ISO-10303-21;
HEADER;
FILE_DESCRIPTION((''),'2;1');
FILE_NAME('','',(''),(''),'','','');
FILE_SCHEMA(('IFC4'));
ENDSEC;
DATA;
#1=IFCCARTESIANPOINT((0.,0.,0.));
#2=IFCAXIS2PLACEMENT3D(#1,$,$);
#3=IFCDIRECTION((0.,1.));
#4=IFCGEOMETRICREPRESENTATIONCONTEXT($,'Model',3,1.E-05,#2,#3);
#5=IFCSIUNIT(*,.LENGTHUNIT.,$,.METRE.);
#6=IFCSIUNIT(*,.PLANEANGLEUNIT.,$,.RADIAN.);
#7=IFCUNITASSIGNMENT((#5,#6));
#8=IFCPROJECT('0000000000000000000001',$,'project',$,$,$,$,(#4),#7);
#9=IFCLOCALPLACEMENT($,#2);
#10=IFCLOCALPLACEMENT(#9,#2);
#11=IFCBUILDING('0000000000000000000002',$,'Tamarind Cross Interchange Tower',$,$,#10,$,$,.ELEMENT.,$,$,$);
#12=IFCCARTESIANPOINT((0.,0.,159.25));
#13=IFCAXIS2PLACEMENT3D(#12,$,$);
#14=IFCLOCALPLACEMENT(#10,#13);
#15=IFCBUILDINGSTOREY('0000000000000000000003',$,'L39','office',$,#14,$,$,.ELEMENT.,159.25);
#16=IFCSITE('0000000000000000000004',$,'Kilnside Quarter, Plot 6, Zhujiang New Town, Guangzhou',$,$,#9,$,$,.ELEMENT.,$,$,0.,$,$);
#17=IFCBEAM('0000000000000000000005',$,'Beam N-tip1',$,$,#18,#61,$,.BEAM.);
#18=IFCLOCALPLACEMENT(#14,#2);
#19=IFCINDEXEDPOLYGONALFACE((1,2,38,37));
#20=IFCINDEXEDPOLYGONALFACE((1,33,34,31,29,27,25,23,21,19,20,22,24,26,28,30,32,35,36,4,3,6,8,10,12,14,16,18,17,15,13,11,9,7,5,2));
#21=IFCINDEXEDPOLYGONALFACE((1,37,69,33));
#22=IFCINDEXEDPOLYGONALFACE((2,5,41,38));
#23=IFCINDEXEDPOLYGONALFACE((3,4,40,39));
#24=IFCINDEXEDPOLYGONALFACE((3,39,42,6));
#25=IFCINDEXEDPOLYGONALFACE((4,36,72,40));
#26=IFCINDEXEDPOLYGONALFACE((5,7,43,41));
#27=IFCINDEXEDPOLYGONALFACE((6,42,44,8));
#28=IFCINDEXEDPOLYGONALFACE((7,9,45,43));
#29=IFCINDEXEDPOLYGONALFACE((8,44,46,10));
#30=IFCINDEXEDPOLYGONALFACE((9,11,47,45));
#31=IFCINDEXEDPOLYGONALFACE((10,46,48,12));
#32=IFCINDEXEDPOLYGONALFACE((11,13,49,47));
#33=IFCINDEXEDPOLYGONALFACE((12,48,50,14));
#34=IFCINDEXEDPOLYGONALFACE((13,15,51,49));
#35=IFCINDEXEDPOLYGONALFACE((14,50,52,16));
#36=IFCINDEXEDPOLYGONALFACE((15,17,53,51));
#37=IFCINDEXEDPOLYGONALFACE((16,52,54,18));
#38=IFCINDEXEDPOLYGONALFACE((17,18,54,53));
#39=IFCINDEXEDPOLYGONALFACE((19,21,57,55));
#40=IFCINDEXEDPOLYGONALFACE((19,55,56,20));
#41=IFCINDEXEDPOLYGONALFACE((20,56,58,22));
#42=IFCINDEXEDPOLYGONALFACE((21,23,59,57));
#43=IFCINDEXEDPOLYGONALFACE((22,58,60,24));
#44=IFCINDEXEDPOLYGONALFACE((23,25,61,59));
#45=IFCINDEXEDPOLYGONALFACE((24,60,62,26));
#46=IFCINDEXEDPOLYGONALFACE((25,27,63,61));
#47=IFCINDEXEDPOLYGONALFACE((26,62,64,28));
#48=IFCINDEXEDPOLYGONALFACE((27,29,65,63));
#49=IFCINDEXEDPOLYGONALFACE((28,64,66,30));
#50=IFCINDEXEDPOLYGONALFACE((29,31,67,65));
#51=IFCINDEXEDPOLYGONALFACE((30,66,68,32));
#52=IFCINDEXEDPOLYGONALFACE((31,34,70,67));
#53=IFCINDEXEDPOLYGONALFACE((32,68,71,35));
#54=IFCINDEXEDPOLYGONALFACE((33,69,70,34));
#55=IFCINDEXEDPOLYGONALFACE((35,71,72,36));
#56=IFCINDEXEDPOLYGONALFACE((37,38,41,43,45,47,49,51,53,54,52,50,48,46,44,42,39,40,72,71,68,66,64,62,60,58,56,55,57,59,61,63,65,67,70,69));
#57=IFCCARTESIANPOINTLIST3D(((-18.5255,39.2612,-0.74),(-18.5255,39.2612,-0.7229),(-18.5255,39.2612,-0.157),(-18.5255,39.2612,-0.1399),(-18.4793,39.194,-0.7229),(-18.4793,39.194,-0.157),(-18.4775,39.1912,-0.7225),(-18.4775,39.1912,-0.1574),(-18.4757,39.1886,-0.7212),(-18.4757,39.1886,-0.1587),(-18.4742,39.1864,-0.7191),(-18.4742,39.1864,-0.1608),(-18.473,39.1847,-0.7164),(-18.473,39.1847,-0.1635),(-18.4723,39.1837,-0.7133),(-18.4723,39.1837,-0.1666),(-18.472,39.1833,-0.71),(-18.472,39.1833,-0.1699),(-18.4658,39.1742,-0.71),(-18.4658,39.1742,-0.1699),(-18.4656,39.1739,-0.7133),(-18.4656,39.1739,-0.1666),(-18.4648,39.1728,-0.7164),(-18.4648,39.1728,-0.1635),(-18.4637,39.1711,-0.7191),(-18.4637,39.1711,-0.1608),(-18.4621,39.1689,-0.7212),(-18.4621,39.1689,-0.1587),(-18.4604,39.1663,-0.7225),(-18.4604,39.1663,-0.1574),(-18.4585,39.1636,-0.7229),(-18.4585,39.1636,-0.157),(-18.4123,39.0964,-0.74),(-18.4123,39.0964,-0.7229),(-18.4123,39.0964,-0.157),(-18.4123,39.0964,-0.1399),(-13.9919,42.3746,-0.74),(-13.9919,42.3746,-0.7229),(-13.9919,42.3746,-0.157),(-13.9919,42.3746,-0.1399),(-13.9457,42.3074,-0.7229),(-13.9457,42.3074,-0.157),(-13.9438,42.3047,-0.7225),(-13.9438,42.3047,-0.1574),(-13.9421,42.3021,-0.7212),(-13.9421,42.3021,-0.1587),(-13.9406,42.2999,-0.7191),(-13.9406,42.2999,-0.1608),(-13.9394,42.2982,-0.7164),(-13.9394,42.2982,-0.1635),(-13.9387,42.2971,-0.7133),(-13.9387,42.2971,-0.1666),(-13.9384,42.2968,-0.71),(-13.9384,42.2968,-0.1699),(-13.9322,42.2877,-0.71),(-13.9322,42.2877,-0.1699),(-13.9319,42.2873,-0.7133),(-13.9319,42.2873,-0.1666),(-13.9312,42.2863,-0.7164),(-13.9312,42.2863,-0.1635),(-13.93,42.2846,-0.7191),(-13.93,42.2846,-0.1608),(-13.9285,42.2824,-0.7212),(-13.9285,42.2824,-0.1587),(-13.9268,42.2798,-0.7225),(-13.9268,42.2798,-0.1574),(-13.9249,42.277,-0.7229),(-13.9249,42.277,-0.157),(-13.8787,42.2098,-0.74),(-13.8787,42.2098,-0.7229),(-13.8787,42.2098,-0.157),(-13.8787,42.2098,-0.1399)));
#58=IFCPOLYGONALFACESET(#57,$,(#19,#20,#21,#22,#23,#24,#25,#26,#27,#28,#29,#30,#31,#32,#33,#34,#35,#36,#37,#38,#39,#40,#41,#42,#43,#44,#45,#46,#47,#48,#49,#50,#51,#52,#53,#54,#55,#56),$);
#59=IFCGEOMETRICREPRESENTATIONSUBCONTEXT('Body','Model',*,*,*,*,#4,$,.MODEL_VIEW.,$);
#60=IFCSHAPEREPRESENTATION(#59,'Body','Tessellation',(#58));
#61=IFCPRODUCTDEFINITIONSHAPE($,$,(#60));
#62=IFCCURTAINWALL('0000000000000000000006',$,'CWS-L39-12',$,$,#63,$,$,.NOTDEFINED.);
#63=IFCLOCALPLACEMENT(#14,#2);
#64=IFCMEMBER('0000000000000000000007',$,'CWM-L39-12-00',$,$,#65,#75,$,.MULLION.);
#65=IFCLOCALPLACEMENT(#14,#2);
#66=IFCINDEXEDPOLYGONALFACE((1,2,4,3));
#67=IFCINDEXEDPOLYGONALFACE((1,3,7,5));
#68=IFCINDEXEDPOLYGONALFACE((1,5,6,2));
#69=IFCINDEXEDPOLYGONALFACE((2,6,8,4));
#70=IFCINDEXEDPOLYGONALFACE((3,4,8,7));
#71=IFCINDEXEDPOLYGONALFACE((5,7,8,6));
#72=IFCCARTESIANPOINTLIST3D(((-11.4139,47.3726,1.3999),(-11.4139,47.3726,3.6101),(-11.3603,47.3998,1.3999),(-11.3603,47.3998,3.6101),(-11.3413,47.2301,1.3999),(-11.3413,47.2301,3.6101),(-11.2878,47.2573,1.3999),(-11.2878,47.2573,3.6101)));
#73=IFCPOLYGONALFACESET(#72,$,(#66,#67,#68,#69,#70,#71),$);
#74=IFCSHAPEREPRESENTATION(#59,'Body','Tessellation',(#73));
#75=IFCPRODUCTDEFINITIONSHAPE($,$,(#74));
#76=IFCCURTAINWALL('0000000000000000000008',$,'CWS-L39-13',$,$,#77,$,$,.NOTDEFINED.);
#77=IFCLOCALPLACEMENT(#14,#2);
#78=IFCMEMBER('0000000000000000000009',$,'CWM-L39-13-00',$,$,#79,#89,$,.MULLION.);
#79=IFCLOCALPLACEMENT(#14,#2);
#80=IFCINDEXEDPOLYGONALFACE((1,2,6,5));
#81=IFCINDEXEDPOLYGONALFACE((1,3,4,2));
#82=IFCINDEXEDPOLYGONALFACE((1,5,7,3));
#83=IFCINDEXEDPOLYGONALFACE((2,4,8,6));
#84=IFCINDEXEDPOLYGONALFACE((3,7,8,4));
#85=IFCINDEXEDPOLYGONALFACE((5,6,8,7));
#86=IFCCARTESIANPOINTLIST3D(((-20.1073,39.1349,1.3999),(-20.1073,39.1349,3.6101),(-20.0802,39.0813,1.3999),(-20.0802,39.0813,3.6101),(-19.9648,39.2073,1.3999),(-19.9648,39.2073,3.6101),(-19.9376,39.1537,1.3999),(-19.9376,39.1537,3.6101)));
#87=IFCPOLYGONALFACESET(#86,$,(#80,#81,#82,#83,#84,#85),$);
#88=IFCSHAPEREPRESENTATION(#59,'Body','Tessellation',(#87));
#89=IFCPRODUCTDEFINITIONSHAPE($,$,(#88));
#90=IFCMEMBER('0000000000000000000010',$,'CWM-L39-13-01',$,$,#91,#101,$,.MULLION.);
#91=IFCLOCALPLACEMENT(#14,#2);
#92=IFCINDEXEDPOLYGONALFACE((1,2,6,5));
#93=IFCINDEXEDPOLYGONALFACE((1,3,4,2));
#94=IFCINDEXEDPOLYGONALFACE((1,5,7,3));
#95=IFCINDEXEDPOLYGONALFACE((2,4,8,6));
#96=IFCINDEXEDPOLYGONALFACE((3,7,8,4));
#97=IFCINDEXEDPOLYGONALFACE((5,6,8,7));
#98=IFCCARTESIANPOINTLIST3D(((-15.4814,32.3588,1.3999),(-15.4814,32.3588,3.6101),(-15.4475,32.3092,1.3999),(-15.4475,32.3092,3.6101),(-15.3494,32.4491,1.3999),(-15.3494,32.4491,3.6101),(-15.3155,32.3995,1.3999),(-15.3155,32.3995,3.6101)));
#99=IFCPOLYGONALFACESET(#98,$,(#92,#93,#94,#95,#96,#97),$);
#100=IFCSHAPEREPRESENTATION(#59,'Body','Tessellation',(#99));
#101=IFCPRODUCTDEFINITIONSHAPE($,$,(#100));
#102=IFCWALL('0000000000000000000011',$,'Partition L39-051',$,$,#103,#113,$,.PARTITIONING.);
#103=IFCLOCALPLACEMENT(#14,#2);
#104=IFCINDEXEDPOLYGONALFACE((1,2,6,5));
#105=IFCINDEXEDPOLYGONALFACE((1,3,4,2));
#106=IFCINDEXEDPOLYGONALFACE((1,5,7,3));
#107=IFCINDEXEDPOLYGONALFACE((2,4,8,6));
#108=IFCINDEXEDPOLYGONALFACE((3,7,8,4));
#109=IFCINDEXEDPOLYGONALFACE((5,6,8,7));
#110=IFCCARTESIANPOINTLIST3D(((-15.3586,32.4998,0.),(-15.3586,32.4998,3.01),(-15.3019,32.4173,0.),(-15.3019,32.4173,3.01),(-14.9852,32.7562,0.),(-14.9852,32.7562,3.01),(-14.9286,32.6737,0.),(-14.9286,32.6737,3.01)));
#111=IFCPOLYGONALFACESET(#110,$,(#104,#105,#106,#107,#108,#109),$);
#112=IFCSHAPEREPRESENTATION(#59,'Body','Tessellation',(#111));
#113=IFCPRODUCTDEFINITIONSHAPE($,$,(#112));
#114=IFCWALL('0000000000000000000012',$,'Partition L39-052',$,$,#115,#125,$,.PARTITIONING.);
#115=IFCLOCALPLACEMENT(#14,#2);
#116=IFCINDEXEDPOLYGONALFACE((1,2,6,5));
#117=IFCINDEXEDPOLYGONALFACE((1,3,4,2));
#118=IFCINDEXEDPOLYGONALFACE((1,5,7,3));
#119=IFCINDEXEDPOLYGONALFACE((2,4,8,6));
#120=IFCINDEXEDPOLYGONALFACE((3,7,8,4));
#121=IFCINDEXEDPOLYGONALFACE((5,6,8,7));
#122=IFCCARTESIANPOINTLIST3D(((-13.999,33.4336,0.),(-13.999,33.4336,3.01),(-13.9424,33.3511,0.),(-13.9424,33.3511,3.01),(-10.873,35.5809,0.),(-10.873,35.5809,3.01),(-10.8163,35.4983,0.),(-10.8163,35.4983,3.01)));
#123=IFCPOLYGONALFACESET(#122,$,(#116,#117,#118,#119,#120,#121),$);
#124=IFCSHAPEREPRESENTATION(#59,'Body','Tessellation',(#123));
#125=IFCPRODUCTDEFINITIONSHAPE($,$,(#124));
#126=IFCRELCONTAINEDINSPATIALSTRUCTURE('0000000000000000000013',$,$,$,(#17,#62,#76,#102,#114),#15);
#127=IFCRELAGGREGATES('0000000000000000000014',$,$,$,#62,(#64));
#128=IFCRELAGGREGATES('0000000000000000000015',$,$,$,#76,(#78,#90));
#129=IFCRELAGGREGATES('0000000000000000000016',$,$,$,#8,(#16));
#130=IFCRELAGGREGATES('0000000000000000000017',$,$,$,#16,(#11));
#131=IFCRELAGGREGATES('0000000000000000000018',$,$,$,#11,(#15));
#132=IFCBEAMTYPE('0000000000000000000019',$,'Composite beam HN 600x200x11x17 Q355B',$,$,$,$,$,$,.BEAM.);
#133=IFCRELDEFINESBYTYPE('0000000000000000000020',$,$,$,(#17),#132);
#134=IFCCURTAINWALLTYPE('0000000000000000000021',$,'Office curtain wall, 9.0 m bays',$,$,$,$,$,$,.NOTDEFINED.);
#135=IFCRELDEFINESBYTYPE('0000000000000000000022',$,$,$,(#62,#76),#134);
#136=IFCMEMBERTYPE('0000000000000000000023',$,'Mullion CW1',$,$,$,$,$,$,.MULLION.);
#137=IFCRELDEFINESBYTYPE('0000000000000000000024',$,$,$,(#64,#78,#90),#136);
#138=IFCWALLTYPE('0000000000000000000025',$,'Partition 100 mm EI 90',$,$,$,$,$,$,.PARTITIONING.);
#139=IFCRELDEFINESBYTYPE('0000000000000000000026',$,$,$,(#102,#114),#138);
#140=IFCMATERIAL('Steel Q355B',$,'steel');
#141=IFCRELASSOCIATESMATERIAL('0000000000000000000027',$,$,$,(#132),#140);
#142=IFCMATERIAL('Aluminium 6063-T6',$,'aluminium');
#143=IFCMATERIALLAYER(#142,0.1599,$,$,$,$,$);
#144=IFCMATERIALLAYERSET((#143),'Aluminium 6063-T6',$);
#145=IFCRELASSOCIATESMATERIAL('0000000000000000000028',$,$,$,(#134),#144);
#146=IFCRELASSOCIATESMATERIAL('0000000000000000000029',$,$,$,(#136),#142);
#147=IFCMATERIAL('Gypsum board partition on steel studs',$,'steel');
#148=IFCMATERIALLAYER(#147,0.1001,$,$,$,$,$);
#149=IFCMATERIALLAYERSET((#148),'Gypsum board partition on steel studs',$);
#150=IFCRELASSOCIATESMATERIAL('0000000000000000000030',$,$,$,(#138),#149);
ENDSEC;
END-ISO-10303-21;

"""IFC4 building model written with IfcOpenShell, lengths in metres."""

from ifc_helpers import new_model, si_unit, direction, frame, frame_2d, origin, origin_2d, place, context, subcontext, project, spatial, rectangle, i_section, extrude, material, layer, layer_set, material_profile, profile_set, type_object, element, aggregate, save


model = new_model("IFC4")

# Units and contexts
model_context = context("Model", 3, precision=1e-05, world=origin(), true_north=direction((0.0, 1.0)))
body_context = subcontext(model_context, "Body", "Model", "MODEL_VIEW")
ifc_project = project(units=[si_unit("LENGTHUNIT", "METRE"), si_unit("PLANEANGLEUNIT", "RADIAN")], contexts=[model_context])

# Site, building, storey
site_placement = place(None, origin())
site = spatial("IfcSite", under=ifc_project, at=site_placement, Name="Kilnside Quarter, Plot 6, Zhujiang New Town, Guangzhou", CompositionType="ELEMENT", RefElevation=0.0)
building_placement = place(site_placement, origin())
building = spatial("IfcBuilding", under=site, at=building_placement, Name="Tamarind Cross Interchange Tower", CompositionType="ELEMENT")
storey_placement = place(building_placement, frame((0.0, 0.0, 159.25)))
storey = spatial("IfcBuildingStorey", under=building, at=storey_placement, Name="L39", Description="office", CompositionType="ELEMENT", Elevation=159.25)

# Beam
ifc_material_1 = material(Name="Steel Q355B", Category="steel")
ifc_material_profile_1 = material_profile(ifc_material_1, i_section(OverallWidth=0.2, OverallDepth=0.6001, WebThickness=0.011, FlangeThickness=0.0171, FilletRadius=0.0129, at=origin_2d()), Name="HN 600x200x11x17")
ifc_profile_set_1 = profile_set([ifc_material_profile_1], Name="Steel Q355B")
beam_type_1 = type_object("IfcBeamType", Name="Composite beam HN 600x200x11x17 Q355B", PredefinedType="BEAM", material=ifc_profile_set_1)
beam_1_placement = place(storey_placement, frame((-13.9353, 42.2922, -0.4399), z_axis=(-0.824329, -0.566111, 0.0), x_axis=(0.566111, -0.824329, 0.0)))
element("IfcBeam", 1, at=beam_1_placement, inside=storey, type_object=beam_type_1, Name="Beam N-tip1", PredefinedType="BEAM", context=body_context, shape_type="SweptSolid", body=[
    extrude(i_section(OverallWidth=0.2, OverallDepth=0.6001, WebThickness=0.011, FlangeThickness=0.0171, FilletRadius=0.0129, at=origin_2d()), origin(), (0.0, 0.0, 1.0), 5.4998),
])

# Curtain wall, member
ifc_material_2 = material(Name="Aluminium 6063-T6", Category="aluminium")
ifc_layer_1 = layer(ifc_material_2, 0.1599)
ifc_layer_set_1 = layer_set([ifc_layer_1], Name="Aluminium 6063-T6")
curtain_wall_type = type_object("IfcCurtainWallType", Name="Office curtain wall, 9.0 m bays", PredefinedType="NOTDEFINED", material=ifc_layer_set_1)
curtain_wall_1_placement = place(storey_placement, origin())
curtain_wall_1 = element("IfcCurtainWall", 2, at=curtain_wall_1_placement, inside=storey, type_object=curtain_wall_type, Name="CWS-L39-12", PredefinedType="NOTDEFINED")
ifc_material_profile_2 = material_profile(ifc_material_2, rectangle(XDim=0.0601, YDim=0.1599, at=origin_2d()), Name="Mullion CW1")
ifc_profile_set_2 = profile_set([ifc_material_profile_2], Name="Aluminium 6063-T6")
member_type = type_object("IfcMemberType", Name="Mullion CW1", PredefinedType="MULLION", material=ifc_profile_set_2)
member_1_placement = place(storey_placement, frame((-11.3508, 47.3149, 1.3999), z_axis=(0.0, 0.0, 1.0), x_axis=(-0.891178, -0.453655, 0.0)))
member_1 = element("IfcMember", 3, at=member_1_placement, type_object=member_type, Name="CWM-L39-12-00", PredefinedType="MULLION", context=body_context, shape_type="SweptSolid", body=[
    extrude(rectangle(XDim=0.0601, YDim=0.1599, at=origin_2d()), origin(), (0.0, 0.0, 1.0), 2.2102),
])
aggregate(curtain_wall_1, [member_1])

# Curtain wall, members
curtain_wall_2_placement = place(storey_placement, origin())
curtain_wall_2 = element("IfcCurtainWall", 4, at=curtain_wall_2_placement, inside=storey, type_object=curtain_wall_type, Name="CWS-L39-13", PredefinedType="NOTDEFINED")
member_2_placement = place(storey_placement, frame((-20.0225, 39.1443, 1.3999), z_axis=(0.0, 0.0, 1.0), x_axis=(0.452685, -0.891671, 0.0)))
member_2 = element("IfcMember", 5, at=member_2_placement, type_object=member_type, Name="CWM-L39-13-00", PredefinedType="MULLION", context=body_context, shape_type="SweptSolid", body=[
    extrude(rectangle(XDim=0.0601, YDim=0.1599, at=origin_2d()), origin(), (0.0, 0.0, 1.0), 2.2102),
])
member_3_placement = place(storey_placement, frame((-15.3984, 32.3792, 1.3999), z_axis=(0.0, 0.0, 1.0), x_axis=(0.564301, -0.825569, 0.0)))
member_3 = element("IfcMember", 6, at=member_3_placement, type_object=member_type, Name="CWM-L39-13-01", PredefinedType="MULLION", context=body_context, shape_type="SweptSolid", body=[
    extrude(rectangle(XDim=0.0601, YDim=0.1599, at=origin_2d()), origin(), (0.0, 0.0, 1.0), 2.2102),
])
aggregate(curtain_wall_2, [member_2, member_3])

# Walls
ifc_material_3 = material(Name="Gypsum board partition on steel studs", Category="steel")
ifc_layer_2 = layer(ifc_material_3, 0.1001)
ifc_layer_set_2 = layer_set([ifc_layer_2], Name="Gypsum board partition on steel studs")
wall_type_1 = type_object("IfcWallType", Name="Partition 100 mm EI 90", PredefinedType="PARTITIONING", material=ifc_layer_set_2)
wall_1_placement = place(storey_placement, frame((-15.3303, 32.4585, 0.0), z_axis=(0.0, 0.0, 1.0), x_axis=(0.824341, 0.566094, 0.0)))
element("IfcWall", 7, at=wall_1_placement, inside=storey, type_object=wall_type_1, Name="Partition L39-051", PredefinedType="PARTITIONING", context=body_context, shape_type="SweptSolid", body=[
    extrude(rectangle(XDim=0.4529, YDim=0.1001, at=frame_2d((0.2266, 0.0))), origin(), (0.0, 0.0, 1.0), 3.01),
])
wall_2_placement = place(storey_placement, frame((-13.9707, 33.3923, 0.0), z_axis=(0.0, 0.0, 1.0), x_axis=(0.824275, 0.56619, 0.0)))
element("IfcWall", 8, at=wall_2_placement, inside=storey, type_object=wall_type_1, Name="Partition L39-052", PredefinedType="PARTITIONING", context=body_context, shape_type="SweptSolid", body=[
    extrude(rectangle(XDim=3.7925, YDim=0.1001, at=frame_2d((1.8962, 0.0))), origin(), (0.0, 0.0, 1.0), 3.01),
])

save(model, "model.ifc")
